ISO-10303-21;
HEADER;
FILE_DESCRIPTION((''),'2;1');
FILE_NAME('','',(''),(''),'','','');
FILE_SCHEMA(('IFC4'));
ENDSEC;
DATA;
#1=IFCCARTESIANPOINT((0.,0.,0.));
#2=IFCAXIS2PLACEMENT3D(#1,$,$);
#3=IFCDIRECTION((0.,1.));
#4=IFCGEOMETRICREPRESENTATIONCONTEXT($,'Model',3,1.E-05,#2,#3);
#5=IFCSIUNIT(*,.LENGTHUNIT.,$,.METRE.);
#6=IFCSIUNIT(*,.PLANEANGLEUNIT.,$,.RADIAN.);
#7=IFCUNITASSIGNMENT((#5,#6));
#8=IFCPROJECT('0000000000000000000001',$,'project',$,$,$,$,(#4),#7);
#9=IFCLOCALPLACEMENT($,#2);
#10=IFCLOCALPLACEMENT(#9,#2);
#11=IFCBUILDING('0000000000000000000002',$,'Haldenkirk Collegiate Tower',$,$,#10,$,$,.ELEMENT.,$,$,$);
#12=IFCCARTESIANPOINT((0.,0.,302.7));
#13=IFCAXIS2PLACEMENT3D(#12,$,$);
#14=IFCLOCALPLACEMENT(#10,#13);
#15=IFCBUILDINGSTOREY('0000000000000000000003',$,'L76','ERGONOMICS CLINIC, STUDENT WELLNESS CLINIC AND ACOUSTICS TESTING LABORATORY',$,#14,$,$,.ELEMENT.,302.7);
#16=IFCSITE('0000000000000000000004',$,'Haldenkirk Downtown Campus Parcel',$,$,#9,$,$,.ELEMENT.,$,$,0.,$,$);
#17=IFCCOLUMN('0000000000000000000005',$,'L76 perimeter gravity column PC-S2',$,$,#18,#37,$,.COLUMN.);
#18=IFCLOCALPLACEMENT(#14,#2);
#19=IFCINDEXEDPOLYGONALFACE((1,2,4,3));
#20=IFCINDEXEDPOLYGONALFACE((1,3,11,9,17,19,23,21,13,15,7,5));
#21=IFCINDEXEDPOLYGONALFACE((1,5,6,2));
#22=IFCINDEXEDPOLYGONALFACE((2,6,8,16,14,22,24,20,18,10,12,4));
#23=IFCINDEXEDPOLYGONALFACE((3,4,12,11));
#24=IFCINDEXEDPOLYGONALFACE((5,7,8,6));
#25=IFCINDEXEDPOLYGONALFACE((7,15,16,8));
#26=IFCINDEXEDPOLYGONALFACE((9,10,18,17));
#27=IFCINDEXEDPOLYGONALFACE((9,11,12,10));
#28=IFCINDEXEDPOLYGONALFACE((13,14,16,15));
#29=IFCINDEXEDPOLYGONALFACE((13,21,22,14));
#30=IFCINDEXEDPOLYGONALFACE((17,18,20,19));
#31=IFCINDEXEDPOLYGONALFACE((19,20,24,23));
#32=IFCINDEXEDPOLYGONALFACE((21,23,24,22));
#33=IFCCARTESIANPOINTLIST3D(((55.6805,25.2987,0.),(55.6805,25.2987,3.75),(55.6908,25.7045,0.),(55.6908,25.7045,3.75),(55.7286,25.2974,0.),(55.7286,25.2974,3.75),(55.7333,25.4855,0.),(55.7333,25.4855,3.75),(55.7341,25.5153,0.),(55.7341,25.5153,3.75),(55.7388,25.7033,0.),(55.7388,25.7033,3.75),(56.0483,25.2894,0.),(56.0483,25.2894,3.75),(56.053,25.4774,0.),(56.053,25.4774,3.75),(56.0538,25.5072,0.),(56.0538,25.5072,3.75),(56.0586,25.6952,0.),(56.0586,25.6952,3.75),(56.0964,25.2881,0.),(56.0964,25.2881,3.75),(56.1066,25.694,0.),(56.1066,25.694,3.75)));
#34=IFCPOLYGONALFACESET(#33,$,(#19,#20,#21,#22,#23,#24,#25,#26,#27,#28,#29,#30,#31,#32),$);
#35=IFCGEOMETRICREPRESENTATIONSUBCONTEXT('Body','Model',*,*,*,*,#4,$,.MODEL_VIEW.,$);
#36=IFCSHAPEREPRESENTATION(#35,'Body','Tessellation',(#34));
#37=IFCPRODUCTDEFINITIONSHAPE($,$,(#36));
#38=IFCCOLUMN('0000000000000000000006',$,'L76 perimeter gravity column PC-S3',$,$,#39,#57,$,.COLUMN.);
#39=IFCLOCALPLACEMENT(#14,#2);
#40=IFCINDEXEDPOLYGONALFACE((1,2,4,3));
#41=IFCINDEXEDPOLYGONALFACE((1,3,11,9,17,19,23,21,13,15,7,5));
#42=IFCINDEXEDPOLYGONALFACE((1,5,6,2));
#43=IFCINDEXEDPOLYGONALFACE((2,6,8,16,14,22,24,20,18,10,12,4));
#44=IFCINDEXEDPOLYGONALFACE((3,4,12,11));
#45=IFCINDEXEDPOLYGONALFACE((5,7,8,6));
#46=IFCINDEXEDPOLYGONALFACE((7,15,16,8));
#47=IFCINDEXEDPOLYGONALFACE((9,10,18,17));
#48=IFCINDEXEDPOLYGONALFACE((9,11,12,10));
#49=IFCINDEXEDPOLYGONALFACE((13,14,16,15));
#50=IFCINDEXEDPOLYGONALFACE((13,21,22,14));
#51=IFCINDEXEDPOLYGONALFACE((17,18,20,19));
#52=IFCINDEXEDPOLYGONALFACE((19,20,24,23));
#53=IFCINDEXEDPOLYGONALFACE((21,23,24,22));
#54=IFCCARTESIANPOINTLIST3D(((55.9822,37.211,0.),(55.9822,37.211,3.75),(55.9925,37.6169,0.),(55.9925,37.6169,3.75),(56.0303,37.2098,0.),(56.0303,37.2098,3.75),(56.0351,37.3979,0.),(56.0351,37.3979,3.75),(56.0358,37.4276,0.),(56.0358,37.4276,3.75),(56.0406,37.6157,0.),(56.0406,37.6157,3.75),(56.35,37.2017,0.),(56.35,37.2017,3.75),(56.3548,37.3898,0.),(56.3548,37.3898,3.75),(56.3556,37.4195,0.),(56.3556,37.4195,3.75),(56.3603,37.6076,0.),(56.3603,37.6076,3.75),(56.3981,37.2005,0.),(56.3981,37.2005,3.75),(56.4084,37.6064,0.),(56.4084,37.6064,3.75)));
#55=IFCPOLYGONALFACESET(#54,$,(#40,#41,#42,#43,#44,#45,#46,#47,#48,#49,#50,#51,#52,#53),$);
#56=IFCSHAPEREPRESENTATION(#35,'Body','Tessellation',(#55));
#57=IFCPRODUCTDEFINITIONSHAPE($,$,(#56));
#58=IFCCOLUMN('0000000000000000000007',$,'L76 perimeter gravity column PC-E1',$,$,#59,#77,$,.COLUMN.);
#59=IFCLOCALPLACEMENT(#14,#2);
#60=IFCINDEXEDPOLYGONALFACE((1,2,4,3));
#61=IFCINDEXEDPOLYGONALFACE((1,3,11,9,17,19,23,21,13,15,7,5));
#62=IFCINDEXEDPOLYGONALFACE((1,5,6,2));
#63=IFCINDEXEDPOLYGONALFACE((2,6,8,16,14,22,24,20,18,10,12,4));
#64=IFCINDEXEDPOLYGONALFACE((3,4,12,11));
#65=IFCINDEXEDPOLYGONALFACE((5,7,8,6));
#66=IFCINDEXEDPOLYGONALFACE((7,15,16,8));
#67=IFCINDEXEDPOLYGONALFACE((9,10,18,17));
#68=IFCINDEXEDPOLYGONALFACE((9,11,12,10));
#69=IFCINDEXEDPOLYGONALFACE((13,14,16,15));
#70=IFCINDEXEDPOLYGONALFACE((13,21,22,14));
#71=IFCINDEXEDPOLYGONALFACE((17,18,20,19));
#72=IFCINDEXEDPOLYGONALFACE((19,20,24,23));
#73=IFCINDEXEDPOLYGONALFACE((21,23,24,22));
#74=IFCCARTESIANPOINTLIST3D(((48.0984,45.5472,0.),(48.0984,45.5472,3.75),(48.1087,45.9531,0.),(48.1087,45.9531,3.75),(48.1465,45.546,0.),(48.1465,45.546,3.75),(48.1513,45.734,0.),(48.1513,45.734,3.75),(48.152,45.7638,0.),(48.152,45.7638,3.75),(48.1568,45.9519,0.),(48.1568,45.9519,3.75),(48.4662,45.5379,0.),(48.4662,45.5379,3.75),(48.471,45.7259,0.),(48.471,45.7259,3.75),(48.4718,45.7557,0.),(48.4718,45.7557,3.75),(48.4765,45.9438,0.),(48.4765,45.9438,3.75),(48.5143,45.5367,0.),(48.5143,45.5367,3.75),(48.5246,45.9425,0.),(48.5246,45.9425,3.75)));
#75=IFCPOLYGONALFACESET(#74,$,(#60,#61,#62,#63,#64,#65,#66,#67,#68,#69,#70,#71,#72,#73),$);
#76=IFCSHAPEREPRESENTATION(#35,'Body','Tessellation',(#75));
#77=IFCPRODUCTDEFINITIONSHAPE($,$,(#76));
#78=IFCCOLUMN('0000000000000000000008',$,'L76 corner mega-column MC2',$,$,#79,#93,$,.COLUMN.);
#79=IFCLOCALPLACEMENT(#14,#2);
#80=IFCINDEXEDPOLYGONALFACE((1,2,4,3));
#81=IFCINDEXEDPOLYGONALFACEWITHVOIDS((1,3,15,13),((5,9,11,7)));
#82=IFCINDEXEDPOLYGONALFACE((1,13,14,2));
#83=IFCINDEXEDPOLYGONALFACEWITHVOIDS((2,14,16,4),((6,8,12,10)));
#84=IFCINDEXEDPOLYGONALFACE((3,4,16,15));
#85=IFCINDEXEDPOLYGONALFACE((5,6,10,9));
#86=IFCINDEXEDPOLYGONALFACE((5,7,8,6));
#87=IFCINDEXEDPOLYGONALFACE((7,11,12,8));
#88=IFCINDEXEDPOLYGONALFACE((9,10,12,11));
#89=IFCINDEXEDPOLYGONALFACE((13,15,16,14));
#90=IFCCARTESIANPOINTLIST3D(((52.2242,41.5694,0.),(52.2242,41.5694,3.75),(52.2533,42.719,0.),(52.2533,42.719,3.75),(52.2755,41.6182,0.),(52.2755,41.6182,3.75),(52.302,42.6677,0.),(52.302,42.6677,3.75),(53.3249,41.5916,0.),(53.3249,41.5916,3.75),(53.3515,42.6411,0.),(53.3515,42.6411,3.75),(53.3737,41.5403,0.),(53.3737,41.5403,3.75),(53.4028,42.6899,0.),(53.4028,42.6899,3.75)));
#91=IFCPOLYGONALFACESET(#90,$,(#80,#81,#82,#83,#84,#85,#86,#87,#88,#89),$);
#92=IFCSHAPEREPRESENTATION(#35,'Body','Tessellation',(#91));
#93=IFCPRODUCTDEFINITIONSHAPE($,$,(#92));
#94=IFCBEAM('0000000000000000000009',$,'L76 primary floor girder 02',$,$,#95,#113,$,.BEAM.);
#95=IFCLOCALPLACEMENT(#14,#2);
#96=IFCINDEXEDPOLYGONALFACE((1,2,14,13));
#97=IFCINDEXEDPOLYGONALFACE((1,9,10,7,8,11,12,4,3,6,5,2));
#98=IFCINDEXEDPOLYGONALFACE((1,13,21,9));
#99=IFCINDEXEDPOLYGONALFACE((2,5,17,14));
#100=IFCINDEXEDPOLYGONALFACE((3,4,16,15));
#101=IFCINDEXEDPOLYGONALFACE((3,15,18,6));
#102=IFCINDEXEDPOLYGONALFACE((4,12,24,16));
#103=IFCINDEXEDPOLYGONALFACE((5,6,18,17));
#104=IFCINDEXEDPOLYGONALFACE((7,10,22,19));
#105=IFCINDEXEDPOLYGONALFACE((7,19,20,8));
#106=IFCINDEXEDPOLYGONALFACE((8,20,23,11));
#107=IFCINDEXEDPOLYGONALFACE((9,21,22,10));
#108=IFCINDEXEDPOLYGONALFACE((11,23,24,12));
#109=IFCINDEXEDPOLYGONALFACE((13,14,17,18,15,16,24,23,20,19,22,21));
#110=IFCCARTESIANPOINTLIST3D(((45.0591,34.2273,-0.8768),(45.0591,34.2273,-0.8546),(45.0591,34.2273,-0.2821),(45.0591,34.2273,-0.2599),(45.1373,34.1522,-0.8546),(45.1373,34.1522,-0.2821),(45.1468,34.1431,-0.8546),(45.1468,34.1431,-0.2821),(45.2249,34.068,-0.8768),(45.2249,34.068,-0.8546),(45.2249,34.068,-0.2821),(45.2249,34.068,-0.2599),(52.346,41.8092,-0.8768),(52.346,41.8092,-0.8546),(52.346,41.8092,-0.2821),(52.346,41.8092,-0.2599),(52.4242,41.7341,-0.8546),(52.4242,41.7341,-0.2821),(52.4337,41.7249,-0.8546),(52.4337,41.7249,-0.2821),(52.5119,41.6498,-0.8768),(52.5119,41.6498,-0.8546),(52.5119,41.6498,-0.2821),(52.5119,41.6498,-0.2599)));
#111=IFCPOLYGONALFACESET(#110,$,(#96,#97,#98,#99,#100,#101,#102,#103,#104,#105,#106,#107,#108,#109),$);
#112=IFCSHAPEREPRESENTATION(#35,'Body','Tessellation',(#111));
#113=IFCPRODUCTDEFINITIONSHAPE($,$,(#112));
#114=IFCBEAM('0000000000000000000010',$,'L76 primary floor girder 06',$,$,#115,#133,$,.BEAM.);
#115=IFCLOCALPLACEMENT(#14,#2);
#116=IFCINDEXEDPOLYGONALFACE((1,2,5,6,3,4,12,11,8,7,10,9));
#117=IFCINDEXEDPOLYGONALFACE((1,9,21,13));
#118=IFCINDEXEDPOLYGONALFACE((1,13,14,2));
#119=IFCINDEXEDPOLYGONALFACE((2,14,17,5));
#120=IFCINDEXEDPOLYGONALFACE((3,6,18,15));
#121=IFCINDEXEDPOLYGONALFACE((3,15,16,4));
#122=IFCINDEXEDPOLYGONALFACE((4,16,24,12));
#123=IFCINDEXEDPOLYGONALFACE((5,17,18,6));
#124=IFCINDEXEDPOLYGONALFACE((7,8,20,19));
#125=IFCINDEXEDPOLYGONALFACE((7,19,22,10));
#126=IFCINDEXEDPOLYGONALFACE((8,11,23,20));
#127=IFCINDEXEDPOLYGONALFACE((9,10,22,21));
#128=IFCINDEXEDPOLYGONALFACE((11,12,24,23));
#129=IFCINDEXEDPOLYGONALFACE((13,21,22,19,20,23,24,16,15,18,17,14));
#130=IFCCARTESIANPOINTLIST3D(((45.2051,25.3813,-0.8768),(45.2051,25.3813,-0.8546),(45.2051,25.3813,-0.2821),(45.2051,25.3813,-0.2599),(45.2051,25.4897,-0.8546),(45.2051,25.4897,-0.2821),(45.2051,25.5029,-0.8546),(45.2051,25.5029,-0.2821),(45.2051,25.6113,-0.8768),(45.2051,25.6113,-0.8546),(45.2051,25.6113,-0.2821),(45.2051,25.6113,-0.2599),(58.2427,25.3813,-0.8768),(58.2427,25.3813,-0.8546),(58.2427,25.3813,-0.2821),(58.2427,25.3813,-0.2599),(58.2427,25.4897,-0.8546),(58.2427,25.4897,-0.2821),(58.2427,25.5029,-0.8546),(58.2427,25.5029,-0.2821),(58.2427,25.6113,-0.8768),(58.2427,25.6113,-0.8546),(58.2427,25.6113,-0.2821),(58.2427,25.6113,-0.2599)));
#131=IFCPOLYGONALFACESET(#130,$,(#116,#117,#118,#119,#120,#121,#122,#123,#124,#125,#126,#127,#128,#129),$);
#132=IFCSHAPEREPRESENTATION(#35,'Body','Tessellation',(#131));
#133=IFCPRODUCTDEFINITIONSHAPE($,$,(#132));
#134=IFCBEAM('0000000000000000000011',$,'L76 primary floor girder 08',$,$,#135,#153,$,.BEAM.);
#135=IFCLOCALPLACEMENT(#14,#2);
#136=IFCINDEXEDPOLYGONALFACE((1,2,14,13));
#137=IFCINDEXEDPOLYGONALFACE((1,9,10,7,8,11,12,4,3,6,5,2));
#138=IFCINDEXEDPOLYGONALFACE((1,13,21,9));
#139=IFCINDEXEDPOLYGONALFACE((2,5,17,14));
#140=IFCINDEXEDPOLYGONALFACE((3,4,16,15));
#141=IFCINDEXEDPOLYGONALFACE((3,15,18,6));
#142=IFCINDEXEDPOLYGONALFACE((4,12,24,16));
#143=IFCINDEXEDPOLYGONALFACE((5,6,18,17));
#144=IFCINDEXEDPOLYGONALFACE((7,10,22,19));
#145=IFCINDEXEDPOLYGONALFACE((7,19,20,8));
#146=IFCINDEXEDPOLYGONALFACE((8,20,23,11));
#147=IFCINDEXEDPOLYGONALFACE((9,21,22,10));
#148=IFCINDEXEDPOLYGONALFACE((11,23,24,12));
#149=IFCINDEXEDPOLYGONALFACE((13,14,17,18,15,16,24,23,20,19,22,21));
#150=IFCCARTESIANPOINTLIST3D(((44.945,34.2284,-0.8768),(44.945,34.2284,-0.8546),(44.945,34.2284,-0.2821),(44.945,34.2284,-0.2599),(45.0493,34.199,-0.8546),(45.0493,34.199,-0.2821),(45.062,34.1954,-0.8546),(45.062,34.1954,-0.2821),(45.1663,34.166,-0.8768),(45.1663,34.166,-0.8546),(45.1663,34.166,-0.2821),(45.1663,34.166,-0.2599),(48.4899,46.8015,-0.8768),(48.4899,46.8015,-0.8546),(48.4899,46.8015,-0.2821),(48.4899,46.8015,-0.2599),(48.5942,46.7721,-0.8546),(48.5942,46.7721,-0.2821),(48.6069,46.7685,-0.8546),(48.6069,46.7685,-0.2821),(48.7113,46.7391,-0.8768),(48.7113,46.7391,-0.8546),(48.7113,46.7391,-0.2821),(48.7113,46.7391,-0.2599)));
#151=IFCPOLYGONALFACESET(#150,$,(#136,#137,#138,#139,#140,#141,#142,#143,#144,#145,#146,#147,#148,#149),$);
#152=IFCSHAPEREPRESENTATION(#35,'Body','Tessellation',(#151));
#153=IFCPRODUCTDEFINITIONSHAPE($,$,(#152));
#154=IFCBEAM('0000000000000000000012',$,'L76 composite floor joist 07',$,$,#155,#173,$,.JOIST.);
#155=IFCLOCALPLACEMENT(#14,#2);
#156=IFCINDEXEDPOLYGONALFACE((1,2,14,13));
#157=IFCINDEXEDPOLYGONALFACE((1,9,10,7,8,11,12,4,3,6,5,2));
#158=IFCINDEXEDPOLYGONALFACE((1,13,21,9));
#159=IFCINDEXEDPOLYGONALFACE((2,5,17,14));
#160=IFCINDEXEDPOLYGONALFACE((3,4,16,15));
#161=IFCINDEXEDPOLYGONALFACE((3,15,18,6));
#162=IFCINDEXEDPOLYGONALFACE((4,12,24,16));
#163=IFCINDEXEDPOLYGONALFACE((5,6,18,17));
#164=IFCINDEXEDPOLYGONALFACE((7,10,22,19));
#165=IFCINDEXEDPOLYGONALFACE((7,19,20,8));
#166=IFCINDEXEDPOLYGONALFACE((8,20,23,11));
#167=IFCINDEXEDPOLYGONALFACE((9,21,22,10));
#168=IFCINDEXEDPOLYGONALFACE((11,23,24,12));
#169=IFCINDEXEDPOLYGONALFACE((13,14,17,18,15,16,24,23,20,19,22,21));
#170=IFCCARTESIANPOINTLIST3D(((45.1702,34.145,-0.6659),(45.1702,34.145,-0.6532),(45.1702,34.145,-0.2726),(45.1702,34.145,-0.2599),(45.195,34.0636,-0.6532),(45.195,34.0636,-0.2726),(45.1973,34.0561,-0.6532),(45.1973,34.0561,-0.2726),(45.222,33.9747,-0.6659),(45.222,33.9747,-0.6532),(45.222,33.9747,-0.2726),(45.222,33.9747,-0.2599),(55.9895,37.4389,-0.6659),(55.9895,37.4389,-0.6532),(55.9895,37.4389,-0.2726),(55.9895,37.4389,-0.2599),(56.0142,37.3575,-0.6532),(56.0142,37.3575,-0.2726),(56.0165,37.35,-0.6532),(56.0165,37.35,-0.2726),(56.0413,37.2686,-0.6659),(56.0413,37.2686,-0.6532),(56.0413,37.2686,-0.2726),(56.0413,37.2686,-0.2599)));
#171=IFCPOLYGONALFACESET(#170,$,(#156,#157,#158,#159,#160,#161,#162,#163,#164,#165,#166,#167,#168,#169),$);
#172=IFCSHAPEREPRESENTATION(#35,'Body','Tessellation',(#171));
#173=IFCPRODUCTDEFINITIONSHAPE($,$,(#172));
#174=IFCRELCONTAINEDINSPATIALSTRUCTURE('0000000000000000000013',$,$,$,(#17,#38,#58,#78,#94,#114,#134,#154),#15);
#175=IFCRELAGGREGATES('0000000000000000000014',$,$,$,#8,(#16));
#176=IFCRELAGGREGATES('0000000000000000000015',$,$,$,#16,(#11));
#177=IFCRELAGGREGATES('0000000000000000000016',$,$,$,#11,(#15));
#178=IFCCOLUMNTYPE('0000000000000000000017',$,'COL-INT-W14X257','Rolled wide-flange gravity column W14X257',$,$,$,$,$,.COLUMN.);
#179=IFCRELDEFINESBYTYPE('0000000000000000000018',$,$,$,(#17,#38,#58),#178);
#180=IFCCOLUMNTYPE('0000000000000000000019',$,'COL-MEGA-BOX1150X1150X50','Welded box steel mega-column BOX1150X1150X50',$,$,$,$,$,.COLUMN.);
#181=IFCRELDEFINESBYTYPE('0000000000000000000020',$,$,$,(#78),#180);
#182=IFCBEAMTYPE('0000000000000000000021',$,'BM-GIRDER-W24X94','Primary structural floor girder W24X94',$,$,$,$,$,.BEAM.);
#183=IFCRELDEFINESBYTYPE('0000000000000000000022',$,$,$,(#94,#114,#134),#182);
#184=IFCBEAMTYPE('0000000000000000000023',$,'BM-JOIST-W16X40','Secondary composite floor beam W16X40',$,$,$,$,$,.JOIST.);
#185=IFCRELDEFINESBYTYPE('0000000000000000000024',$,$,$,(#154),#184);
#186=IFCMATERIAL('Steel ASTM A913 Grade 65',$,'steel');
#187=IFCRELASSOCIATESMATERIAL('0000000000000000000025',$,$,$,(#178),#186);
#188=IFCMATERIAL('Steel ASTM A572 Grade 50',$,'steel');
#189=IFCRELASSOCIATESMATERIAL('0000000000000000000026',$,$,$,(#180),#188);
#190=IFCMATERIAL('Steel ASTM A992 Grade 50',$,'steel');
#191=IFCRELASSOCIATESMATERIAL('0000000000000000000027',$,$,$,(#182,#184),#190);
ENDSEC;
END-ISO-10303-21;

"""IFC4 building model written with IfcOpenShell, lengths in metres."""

from ifc_helpers import new_model, si_unit, direction, frame, origin, origin_2d, place, context, subcontext, project, spatial, hollow_rectangle, i_section, extrude, material, material_profile, profile_set, type_object, element, save


model = new_model("IFC4")

# Units and contexts
model_context = context("Model", 3, precision=1e-05, world=origin(), true_north=direction((0.0, 1.0)))
body_context = subcontext(model_context, "Body", "Model", "MODEL_VIEW")
ifc_project = project(units=[si_unit("LENGTHUNIT", "METRE"), si_unit("PLANEANGLEUNIT", "RADIAN")], contexts=[model_context])

# Site, building, storey
site_placement = place(None, origin())
site = spatial("IfcSite", under=ifc_project, at=site_placement, Name="Haldenkirk Downtown Campus Parcel", CompositionType="ELEMENT", RefElevation=0.0)
building_placement = place(site_placement, origin())
building = spatial("IfcBuilding", under=site, at=building_placement, Name="Haldenkirk Collegiate Tower", CompositionType="ELEMENT")
storey_placement = place(building_placement, frame((0.0, 0.0, 302.7)))
storey = spatial("IfcBuildingStorey", under=building, at=storey_placement, Name="L76", Description="ERGONOMICS CLINIC, STUDENT WELLNESS CLINIC AND ACOUSTICS TESTING LABORATORY", CompositionType="ELEMENT", Elevation=302.7)

# Columns
ifc_material_1 = material(Name="Steel ASTM A913 Grade 65", Category="steel")
ifc_material_profile_1 = material_profile(ifc_material_1, i_section(OverallWidth=0.406, OverallDepth=0.416, WebThickness=0.0298, FlangeThickness=0.0481, at=origin_2d()), Name="W14X257")
ifc_profile_set_1 = profile_set([ifc_material_profile_1], Name="Steel ASTM A913 Grade 65")
column_type_1 = type_object("IfcColumnType", Name="COL-INT-W14X257", Description="Rolled wide-flange gravity column W14X257", PredefinedType="COLUMN", material=ifc_profile_set_1)
for number, where, z_axis, x_axis, name in (
    (1, (55.8936, 25.4963, 0.0), (0.0, 0.0, 1.0), (0.025305, 0.99968, 0.0), "L76 perimeter gravity column PC-S2"),
    (2, (56.1953, 37.4087, 0.0), (0.0, 0.0, 1.0), (0.025305, 0.99968, 0.0), "L76 perimeter gravity column PC-S3"),
    (3, (48.3115, 45.7449, 0.0), (0.0, 0.0, 1.0), (0.025305, 0.99968, 0.0), "L76 perimeter gravity column PC-E1"),
):
    element("IfcColumn", number, at=place(storey_placement, frame(where, z_axis=z_axis, x_axis=x_axis)), inside=storey, type_object=column_type_1, Name=name, PredefinedType="COLUMN", context=body_context, shape_type="SweptSolid", body=[
        extrude(i_section(OverallWidth=0.406, OverallDepth=0.416, WebThickness=0.0298, FlangeThickness=0.0481, at=origin_2d()), origin(), (0.0, 0.0, 1.0), 3.75),
    ])
ifc_material_2 = material(Name="Steel ASTM A572 Grade 50", Category="steel")
ifc_material_profile_2 = material_profile(ifc_material_2, hollow_rectangle(XDim=1.1499, YDim=1.1499, WallThickness=0.05, at=origin_2d()), Name="BOX1150X1150X50")
ifc_profile_set_2 = profile_set([ifc_material_profile_2], Name="Steel ASTM A572 Grade 50")
column_type_2 = type_object("IfcColumnType", Name="COL-MEGA-BOX1150X1150X50", Description="Welded box steel mega-column BOX1150X1150X50", PredefinedType="COLUMN", material=ifc_profile_set_2)
column_placement = place(storey_placement, frame((52.8135, 42.1296, 0.0), z_axis=(0.0, 0.0, 1.0), x_axis=(0.025305, 0.99968, 0.0)))
element("IfcColumn", 4, at=column_placement, inside=storey, type_object=column_type_2, Name="L76 corner mega-column MC2", PredefinedType="COLUMN", context=body_context, shape_type="SweptSolid", body=[
    extrude(hollow_rectangle(XDim=1.1499, YDim=1.1499, WallThickness=0.05, at=origin_2d()), origin(), (0.0, 0.0, 1.0), 3.75),
])

# Beams
ifc_material_3 = material(Name="Steel ASTM A992 Grade 50", Category="steel")
ifc_material_profile_3 = material_profile(ifc_material_3, i_section(OverallWidth=0.23, OverallDepth=0.6169, WebThickness=0.0132, FlangeThickness=0.0222, at=origin_2d()), Name="W24X94")
ifc_profile_set_3 = profile_set([ifc_material_profile_3], Name="Steel ASTM A992 Grade 50")
beam_type_1 = type_object("IfcBeamType", Name="BM-GIRDER-W24X94", Description="Primary structural floor girder W24X94", PredefinedType="BEAM", material=ifc_profile_set_3)
beam_1_placement = place(storey_placement, frame((52.429, 41.7295, -0.5684), z_axis=(-0.692945, -0.720991, 0.0), x_axis=(0.720991, -0.692945, 0.0)))
element("IfcBeam", 5, at=beam_1_placement, inside=storey, type_object=beam_type_1, Name="L76 primary floor girder 02", PredefinedType="BEAM", context=body_context, shape_type="SweptSolid", body=[
    extrude(i_section(OverallWidth=0.23, OverallDepth=0.6169, WebThickness=0.0132, FlangeThickness=0.0222, at=origin_2d()), origin(), (0.0, 0.0, 1.0), 10.5159),
])
beam_2_placement = place(storey_placement, frame((58.2427, 25.4963, -0.5684), z_axis=(-1.0, 0.0, 0.0), x_axis=(0.0, -1.0, 0.0)))
element("IfcBeam", 6, at=beam_2_placement, inside=storey, type_object=beam_type_1, Name="L76 primary floor girder 06", PredefinedType="BEAM", context=body_context, shape_type="SweptSolid", body=[
    extrude(i_section(OverallWidth=0.23, OverallDepth=0.6169, WebThickness=0.0132, FlangeThickness=0.0222, at=origin_2d()), origin(), (0.0, 0.0, 1.0), 13.0376),
])
beam_3_placement = place(storey_placement, frame((48.6006, 46.7703, -0.5684), z_axis=(-0.271367, -0.962476, 0.0), x_axis=(0.962476, -0.271367, 0.0)))
element("IfcBeam", 7, at=beam_3_placement, inside=storey, type_object=beam_type_1, Name="L76 primary floor girder 08", PredefinedType="BEAM", context=body_context, shape_type="SweptSolid", body=[
    extrude(i_section(OverallWidth=0.23, OverallDepth=0.6169, WebThickness=0.0132, FlangeThickness=0.0222, at=origin_2d()), origin(), (0.0, 0.0, 1.0), 13.0632),
])
ifc_material_profile_4 = material_profile(ifc_material_3, i_section(OverallWidth=0.178, OverallDepth=0.406, WebThickness=0.0078, FlangeThickness=0.0127, at=origin_2d()), Name="W16X40")
ifc_profile_set_4 = profile_set([ifc_material_profile_4], Name="Steel ASTM A992 Grade 50")
beam_type_2 = type_object("IfcBeamType", Name="BM-JOIST-W16X40", Description="Secondary composite floor beam W16X40", PredefinedType="JOIST", material=ifc_profile_set_4)
beam_4_placement = place(storey_placement, frame((56.0154, 37.3538, -0.4629), z_axis=(-0.956647, -0.291251, 0.0), x_axis=(0.291251, -0.956647, 0.0)))
element("IfcBeam", 8, at=beam_4_placement, inside=storey, type_object=beam_type_2, Name="L76 composite floor joist 07", PredefinedType="JOIST", context=body_context, shape_type="SweptSolid", body=[
    extrude(i_section(OverallWidth=0.178, OverallDepth=0.406, WebThickness=0.0078, FlangeThickness=0.0127, at=origin_2d()), origin(), (0.0, 0.0, 1.0), 11.3096),
])

save(model, "model.ifc")
